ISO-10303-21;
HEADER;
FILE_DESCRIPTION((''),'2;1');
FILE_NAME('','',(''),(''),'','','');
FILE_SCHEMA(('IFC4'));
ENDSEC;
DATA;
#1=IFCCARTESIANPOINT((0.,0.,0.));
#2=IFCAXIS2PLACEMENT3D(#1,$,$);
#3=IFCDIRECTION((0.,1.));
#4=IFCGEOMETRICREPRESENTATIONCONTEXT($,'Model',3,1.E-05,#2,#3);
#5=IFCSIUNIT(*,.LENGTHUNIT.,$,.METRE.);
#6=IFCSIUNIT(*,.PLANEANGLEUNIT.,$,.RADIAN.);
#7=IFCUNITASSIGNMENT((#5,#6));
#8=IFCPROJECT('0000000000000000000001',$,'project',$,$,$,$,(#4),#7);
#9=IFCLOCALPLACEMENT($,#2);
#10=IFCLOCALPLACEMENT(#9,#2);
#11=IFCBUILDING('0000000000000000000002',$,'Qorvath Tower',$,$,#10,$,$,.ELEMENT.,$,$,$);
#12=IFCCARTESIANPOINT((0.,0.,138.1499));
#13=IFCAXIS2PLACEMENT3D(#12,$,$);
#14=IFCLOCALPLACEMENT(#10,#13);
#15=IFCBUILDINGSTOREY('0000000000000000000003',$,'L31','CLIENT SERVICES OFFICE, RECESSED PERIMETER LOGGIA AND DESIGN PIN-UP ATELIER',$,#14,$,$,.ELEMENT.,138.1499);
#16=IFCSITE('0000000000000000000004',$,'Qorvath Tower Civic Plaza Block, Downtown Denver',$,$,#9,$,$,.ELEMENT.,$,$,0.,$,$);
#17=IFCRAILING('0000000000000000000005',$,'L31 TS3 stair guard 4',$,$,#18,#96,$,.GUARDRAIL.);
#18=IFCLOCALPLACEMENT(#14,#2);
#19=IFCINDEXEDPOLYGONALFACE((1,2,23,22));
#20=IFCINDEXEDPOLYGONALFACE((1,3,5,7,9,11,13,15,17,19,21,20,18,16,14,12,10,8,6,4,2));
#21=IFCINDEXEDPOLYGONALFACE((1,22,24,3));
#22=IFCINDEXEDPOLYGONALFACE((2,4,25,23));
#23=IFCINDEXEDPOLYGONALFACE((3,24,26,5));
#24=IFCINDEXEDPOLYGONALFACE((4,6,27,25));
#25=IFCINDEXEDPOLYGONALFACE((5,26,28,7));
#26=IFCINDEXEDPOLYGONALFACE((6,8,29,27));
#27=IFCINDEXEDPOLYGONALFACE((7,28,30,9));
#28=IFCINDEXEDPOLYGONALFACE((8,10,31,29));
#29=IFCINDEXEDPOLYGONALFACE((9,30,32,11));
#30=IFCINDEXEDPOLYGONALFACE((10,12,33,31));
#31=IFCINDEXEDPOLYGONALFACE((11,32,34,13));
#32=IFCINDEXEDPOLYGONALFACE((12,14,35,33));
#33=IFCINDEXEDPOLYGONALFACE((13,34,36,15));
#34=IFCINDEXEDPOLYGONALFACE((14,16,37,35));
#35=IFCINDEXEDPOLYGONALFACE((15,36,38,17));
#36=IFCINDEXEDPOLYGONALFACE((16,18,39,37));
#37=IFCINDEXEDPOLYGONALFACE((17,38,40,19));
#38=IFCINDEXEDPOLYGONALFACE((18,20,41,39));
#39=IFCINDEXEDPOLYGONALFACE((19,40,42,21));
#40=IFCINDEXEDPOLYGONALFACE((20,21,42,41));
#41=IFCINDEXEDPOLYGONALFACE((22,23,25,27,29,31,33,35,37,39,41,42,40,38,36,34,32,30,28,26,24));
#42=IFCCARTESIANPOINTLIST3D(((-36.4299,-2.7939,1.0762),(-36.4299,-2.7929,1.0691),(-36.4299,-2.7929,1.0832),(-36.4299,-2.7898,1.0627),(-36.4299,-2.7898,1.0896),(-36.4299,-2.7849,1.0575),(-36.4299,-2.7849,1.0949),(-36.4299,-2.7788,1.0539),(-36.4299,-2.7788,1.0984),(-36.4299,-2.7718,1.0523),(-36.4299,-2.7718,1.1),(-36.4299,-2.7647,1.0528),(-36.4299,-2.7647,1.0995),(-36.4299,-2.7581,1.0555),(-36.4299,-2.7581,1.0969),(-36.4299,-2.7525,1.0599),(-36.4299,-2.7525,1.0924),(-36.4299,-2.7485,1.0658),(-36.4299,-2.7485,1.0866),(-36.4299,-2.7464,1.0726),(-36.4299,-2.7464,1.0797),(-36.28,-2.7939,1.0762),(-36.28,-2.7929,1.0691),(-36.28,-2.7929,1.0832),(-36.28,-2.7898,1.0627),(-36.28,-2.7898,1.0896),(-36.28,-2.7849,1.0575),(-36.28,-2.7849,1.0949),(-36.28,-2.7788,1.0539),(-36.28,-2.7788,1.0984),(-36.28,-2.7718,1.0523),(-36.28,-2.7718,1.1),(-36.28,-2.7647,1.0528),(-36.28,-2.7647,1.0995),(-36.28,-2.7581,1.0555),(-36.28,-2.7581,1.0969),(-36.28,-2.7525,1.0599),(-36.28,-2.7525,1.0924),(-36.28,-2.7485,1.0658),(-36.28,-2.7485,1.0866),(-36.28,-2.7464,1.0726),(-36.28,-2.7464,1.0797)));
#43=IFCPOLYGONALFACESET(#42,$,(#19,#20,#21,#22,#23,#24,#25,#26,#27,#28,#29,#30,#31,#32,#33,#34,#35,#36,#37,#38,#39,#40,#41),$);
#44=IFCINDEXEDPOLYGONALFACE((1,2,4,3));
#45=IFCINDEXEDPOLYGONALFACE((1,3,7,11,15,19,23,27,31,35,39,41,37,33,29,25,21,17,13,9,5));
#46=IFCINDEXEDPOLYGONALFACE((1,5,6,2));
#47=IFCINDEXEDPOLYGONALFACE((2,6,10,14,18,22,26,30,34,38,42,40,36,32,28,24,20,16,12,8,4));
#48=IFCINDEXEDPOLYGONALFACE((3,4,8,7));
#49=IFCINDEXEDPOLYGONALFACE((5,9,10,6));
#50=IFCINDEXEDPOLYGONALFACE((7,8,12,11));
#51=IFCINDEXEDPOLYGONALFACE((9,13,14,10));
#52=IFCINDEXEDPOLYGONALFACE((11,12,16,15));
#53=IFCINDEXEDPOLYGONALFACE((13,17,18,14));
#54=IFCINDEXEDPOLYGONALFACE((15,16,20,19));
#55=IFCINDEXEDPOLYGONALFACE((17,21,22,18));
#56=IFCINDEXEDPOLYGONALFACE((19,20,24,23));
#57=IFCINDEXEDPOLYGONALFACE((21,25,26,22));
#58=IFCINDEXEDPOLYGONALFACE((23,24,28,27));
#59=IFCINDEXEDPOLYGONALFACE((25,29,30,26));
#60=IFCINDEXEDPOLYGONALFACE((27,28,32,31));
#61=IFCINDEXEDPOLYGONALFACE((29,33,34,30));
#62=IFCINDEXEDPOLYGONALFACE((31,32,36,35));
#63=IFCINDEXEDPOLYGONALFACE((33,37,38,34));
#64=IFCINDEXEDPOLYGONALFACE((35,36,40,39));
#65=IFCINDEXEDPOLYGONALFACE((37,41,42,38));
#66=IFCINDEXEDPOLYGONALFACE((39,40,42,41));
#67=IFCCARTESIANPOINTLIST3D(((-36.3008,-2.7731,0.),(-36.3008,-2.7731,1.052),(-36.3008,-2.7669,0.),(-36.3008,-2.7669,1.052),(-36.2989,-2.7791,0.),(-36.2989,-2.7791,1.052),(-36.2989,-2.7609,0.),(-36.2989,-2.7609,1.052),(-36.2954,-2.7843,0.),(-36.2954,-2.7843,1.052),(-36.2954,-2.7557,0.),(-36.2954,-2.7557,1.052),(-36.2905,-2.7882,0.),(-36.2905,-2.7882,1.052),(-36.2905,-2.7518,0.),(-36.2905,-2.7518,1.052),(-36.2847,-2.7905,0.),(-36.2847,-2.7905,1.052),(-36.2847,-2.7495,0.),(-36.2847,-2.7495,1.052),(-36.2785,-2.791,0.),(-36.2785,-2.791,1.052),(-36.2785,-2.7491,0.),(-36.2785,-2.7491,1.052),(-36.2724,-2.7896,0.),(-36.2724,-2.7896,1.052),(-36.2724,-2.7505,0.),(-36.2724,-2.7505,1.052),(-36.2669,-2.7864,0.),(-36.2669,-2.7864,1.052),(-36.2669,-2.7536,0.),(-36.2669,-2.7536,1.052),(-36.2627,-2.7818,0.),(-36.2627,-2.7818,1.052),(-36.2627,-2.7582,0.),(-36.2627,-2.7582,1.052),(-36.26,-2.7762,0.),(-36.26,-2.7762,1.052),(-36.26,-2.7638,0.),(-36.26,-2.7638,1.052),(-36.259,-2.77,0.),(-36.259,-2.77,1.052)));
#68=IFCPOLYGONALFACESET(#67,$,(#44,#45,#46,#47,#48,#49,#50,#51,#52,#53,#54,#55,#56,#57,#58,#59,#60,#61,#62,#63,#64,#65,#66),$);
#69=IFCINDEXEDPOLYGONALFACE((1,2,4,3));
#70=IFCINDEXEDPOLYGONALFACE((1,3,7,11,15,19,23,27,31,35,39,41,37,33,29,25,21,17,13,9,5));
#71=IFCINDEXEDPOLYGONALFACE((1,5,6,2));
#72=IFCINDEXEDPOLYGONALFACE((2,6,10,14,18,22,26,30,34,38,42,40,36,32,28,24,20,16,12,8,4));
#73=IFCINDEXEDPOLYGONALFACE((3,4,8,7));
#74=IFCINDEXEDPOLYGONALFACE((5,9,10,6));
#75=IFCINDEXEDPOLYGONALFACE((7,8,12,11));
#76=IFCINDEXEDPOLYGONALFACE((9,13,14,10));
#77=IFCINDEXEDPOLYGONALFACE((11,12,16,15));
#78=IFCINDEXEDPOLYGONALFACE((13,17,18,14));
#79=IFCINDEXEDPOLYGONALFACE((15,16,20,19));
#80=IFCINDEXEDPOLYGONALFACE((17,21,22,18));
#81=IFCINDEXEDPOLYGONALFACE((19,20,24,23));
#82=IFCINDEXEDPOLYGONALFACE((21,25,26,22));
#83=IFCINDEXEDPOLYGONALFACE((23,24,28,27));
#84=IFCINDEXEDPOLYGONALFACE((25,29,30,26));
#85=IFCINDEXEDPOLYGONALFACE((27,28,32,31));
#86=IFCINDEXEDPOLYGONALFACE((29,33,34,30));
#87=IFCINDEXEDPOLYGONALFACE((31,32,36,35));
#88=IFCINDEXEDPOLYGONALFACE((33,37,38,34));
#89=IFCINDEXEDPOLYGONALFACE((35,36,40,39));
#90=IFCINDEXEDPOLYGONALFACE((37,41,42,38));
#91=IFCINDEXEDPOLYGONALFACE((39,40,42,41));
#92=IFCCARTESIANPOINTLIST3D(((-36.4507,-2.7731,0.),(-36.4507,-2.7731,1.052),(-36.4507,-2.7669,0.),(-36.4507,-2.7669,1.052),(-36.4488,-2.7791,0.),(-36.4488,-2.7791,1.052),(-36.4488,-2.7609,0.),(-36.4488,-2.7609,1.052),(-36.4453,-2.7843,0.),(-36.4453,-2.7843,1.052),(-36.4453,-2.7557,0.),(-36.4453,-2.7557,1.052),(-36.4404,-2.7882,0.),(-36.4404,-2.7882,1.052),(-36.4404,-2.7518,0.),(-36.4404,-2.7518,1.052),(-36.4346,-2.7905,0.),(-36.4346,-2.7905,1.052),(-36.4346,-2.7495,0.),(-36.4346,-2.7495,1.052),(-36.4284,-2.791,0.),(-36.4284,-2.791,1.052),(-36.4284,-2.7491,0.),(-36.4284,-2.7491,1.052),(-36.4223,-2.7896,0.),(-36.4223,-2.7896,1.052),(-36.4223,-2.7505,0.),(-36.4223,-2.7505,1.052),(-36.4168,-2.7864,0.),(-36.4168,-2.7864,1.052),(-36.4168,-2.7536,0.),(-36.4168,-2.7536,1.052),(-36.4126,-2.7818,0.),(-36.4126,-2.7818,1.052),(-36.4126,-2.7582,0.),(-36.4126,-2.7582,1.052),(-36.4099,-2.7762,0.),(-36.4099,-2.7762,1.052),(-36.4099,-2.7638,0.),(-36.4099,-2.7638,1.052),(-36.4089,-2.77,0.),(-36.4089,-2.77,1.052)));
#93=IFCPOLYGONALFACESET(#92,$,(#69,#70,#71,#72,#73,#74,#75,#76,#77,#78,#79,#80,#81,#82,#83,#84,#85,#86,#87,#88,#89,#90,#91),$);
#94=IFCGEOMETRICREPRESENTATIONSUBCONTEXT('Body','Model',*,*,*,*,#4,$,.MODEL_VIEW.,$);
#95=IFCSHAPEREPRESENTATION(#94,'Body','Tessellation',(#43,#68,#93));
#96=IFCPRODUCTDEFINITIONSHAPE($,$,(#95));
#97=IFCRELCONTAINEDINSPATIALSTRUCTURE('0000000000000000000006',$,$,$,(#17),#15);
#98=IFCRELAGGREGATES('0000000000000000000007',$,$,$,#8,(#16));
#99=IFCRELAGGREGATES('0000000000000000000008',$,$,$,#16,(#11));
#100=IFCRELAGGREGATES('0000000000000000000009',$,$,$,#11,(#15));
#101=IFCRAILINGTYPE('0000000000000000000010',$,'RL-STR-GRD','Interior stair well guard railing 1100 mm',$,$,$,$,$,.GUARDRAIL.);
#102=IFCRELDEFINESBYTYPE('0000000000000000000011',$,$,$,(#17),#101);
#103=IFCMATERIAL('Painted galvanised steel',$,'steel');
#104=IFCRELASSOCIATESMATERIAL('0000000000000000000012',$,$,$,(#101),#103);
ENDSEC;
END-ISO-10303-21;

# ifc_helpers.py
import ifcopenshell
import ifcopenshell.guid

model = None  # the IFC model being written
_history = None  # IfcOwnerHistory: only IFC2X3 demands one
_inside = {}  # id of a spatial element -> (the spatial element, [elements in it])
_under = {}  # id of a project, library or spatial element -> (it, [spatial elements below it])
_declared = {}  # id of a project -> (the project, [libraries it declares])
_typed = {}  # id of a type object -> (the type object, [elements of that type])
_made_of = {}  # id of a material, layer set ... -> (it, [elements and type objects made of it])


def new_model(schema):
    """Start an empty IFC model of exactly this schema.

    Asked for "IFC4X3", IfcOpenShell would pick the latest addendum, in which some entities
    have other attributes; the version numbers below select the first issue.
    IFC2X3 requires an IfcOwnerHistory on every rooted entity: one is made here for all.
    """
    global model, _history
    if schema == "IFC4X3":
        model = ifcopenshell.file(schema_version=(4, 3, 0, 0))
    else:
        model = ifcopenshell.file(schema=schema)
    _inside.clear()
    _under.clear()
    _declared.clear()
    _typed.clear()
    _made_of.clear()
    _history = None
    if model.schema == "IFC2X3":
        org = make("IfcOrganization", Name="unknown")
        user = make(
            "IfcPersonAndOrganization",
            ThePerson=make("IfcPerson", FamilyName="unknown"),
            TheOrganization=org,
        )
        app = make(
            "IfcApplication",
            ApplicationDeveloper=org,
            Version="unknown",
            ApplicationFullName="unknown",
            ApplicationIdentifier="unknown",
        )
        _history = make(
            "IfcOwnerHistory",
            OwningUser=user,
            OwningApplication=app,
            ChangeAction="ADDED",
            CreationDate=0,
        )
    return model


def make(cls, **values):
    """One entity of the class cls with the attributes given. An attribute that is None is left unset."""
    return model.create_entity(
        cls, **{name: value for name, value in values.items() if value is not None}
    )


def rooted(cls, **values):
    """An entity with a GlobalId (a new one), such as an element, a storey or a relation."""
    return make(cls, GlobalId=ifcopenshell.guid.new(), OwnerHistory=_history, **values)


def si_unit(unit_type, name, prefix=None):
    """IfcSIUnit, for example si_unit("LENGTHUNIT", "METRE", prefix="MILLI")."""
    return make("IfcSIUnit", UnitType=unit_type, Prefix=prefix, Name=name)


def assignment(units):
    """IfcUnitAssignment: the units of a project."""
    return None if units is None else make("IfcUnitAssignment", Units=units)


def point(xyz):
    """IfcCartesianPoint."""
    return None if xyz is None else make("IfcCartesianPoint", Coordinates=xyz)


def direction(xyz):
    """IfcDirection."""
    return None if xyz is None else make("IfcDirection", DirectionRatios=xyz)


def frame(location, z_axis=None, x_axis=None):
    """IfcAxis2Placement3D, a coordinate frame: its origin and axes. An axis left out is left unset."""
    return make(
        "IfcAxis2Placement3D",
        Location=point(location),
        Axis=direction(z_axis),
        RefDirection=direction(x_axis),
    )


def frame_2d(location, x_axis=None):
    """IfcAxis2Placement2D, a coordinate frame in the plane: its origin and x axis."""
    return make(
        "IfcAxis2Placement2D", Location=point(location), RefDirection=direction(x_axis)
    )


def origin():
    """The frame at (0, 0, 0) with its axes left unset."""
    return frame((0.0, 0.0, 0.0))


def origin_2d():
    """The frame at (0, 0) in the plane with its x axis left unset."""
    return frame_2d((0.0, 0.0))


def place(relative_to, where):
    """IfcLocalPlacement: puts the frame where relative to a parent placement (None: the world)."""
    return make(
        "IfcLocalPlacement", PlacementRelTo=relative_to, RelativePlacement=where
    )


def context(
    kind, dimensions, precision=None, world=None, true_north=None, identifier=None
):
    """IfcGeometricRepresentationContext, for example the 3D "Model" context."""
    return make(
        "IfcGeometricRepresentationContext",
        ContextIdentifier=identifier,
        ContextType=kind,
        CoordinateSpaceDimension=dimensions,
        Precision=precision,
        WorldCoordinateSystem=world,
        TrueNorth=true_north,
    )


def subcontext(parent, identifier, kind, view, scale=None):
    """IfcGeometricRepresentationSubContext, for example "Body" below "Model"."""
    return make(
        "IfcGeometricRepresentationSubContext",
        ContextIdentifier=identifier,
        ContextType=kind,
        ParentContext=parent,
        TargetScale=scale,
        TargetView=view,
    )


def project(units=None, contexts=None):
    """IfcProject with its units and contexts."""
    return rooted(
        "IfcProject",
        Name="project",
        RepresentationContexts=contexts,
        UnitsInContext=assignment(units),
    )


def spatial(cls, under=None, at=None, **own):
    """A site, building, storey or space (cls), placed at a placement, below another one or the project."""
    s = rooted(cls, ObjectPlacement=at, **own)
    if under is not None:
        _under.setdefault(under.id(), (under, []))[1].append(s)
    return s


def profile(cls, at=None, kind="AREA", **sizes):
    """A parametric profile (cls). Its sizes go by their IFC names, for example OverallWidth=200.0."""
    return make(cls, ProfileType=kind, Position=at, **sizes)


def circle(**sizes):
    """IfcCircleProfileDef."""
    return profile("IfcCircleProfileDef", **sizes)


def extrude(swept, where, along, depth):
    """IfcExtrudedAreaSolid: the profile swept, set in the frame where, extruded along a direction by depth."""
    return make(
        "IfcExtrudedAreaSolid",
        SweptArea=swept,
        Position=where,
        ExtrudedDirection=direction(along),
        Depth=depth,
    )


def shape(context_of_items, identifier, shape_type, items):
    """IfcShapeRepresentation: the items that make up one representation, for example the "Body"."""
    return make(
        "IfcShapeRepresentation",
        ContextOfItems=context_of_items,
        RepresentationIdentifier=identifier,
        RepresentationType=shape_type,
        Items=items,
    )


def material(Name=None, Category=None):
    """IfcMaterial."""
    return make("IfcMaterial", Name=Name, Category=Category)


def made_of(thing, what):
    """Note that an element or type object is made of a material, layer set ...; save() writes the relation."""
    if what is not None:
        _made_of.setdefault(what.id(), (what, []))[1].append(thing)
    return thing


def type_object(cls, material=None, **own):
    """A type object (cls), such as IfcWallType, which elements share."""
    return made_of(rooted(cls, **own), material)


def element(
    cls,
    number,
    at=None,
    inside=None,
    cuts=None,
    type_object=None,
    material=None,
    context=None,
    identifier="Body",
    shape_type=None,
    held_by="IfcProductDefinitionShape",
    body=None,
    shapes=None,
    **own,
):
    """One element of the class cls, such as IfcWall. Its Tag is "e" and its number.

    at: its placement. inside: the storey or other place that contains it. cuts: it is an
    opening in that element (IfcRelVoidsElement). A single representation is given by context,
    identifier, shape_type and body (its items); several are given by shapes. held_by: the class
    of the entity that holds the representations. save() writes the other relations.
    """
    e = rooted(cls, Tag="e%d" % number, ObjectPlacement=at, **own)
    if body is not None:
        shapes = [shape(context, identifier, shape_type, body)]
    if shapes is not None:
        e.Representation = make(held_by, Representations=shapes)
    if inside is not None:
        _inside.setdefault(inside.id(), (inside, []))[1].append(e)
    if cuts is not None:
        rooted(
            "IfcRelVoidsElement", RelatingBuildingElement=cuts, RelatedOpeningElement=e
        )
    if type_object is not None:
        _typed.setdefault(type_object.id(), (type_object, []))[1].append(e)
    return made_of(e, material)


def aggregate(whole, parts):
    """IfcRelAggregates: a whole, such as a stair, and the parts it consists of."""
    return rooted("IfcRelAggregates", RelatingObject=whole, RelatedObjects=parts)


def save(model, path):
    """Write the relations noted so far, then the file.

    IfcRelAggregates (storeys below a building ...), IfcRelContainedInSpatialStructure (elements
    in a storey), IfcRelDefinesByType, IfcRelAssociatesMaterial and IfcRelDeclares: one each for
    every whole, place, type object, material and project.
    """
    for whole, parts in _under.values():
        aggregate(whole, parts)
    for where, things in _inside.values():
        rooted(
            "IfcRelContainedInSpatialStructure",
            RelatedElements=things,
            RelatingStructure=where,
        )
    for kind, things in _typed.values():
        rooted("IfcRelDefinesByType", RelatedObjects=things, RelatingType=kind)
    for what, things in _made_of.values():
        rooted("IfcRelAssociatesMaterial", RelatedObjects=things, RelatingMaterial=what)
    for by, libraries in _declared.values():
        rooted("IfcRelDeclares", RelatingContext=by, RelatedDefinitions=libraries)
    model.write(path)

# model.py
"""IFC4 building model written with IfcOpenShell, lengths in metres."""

from ifc_helpers import new_model, si_unit, direction, frame, origin, origin_2d, place, context, subcontext, project, spatial, circle, extrude, material, type_object, element, save


model = new_model("IFC4")

# Units and contexts
model_context = context("Model", 3, precision=1e-05, world=origin(), true_north=direction((0.0, 1.0)))
body_context = subcontext(model_context, "Body", "Model", "MODEL_VIEW")
ifc_project = project(units=[si_unit("LENGTHUNIT", "METRE"), si_unit("PLANEANGLEUNIT", "RADIAN")], contexts=[model_context])

# Site, building, storey
site_placement = place(None, origin())
site = spatial("IfcSite", under=ifc_project, at=site_placement, Name="Qorvath Tower Civic Plaza Block, Downtown Denver", CompositionType="ELEMENT", RefElevation=0.0)
building_placement = place(site_placement, origin())
building = spatial("IfcBuilding", under=site, at=building_placement, Name="Qorvath Tower", CompositionType="ELEMENT")
storey_placement = place(building_placement, frame((0.0, 0.0, 138.1499)))
storey = spatial("IfcBuildingStorey", under=building, at=storey_placement, Name="L31", Description="CLIENT SERVICES OFFICE, RECESSED PERIMETER LOGGIA AND DESIGN PIN-UP ATELIER", CompositionType="ELEMENT", Elevation=138.1499)

# Railing
ifc_material_1 = material(Name="Painted galvanised steel", Category="steel")
railing_type_1 = type_object("IfcRailingType", Name="RL-STR-GRD", Description="Interior stair well guard railing 1100 mm", PredefinedType="GUARDRAIL", material=ifc_material_1)
railing_1_placement = place(storey_placement, frame((-36.28, -2.77, 0.0)))
element("IfcRailing", 1, at=railing_1_placement, inside=storey, type_object=railing_type_1, Name="L31 TS3 stair guard 4", PredefinedType="GUARDRAIL", context=body_context, shape_type="SweptSolid", body=[
    extrude(circle(Radius=0.0239, at=origin_2d()), frame((0.0, 0.0, 1.0762), z_axis=(-1.0, 0.0, 0.0), x_axis=(0.0, -1.0, 0.0)), (0.0, 0.0, 1.0), 0.1499),
    extrude(circle(Radius=0.021, at=origin_2d()), origin(), (0.0, 0.0, 1.0), 1.052),
    extrude(circle(Radius=0.021, at=origin_2d()), frame((-0.1499, 0.0, 0.0)), (0.0, 0.0, 1.0), 1.052),
])

save(model, "model.ifc")
